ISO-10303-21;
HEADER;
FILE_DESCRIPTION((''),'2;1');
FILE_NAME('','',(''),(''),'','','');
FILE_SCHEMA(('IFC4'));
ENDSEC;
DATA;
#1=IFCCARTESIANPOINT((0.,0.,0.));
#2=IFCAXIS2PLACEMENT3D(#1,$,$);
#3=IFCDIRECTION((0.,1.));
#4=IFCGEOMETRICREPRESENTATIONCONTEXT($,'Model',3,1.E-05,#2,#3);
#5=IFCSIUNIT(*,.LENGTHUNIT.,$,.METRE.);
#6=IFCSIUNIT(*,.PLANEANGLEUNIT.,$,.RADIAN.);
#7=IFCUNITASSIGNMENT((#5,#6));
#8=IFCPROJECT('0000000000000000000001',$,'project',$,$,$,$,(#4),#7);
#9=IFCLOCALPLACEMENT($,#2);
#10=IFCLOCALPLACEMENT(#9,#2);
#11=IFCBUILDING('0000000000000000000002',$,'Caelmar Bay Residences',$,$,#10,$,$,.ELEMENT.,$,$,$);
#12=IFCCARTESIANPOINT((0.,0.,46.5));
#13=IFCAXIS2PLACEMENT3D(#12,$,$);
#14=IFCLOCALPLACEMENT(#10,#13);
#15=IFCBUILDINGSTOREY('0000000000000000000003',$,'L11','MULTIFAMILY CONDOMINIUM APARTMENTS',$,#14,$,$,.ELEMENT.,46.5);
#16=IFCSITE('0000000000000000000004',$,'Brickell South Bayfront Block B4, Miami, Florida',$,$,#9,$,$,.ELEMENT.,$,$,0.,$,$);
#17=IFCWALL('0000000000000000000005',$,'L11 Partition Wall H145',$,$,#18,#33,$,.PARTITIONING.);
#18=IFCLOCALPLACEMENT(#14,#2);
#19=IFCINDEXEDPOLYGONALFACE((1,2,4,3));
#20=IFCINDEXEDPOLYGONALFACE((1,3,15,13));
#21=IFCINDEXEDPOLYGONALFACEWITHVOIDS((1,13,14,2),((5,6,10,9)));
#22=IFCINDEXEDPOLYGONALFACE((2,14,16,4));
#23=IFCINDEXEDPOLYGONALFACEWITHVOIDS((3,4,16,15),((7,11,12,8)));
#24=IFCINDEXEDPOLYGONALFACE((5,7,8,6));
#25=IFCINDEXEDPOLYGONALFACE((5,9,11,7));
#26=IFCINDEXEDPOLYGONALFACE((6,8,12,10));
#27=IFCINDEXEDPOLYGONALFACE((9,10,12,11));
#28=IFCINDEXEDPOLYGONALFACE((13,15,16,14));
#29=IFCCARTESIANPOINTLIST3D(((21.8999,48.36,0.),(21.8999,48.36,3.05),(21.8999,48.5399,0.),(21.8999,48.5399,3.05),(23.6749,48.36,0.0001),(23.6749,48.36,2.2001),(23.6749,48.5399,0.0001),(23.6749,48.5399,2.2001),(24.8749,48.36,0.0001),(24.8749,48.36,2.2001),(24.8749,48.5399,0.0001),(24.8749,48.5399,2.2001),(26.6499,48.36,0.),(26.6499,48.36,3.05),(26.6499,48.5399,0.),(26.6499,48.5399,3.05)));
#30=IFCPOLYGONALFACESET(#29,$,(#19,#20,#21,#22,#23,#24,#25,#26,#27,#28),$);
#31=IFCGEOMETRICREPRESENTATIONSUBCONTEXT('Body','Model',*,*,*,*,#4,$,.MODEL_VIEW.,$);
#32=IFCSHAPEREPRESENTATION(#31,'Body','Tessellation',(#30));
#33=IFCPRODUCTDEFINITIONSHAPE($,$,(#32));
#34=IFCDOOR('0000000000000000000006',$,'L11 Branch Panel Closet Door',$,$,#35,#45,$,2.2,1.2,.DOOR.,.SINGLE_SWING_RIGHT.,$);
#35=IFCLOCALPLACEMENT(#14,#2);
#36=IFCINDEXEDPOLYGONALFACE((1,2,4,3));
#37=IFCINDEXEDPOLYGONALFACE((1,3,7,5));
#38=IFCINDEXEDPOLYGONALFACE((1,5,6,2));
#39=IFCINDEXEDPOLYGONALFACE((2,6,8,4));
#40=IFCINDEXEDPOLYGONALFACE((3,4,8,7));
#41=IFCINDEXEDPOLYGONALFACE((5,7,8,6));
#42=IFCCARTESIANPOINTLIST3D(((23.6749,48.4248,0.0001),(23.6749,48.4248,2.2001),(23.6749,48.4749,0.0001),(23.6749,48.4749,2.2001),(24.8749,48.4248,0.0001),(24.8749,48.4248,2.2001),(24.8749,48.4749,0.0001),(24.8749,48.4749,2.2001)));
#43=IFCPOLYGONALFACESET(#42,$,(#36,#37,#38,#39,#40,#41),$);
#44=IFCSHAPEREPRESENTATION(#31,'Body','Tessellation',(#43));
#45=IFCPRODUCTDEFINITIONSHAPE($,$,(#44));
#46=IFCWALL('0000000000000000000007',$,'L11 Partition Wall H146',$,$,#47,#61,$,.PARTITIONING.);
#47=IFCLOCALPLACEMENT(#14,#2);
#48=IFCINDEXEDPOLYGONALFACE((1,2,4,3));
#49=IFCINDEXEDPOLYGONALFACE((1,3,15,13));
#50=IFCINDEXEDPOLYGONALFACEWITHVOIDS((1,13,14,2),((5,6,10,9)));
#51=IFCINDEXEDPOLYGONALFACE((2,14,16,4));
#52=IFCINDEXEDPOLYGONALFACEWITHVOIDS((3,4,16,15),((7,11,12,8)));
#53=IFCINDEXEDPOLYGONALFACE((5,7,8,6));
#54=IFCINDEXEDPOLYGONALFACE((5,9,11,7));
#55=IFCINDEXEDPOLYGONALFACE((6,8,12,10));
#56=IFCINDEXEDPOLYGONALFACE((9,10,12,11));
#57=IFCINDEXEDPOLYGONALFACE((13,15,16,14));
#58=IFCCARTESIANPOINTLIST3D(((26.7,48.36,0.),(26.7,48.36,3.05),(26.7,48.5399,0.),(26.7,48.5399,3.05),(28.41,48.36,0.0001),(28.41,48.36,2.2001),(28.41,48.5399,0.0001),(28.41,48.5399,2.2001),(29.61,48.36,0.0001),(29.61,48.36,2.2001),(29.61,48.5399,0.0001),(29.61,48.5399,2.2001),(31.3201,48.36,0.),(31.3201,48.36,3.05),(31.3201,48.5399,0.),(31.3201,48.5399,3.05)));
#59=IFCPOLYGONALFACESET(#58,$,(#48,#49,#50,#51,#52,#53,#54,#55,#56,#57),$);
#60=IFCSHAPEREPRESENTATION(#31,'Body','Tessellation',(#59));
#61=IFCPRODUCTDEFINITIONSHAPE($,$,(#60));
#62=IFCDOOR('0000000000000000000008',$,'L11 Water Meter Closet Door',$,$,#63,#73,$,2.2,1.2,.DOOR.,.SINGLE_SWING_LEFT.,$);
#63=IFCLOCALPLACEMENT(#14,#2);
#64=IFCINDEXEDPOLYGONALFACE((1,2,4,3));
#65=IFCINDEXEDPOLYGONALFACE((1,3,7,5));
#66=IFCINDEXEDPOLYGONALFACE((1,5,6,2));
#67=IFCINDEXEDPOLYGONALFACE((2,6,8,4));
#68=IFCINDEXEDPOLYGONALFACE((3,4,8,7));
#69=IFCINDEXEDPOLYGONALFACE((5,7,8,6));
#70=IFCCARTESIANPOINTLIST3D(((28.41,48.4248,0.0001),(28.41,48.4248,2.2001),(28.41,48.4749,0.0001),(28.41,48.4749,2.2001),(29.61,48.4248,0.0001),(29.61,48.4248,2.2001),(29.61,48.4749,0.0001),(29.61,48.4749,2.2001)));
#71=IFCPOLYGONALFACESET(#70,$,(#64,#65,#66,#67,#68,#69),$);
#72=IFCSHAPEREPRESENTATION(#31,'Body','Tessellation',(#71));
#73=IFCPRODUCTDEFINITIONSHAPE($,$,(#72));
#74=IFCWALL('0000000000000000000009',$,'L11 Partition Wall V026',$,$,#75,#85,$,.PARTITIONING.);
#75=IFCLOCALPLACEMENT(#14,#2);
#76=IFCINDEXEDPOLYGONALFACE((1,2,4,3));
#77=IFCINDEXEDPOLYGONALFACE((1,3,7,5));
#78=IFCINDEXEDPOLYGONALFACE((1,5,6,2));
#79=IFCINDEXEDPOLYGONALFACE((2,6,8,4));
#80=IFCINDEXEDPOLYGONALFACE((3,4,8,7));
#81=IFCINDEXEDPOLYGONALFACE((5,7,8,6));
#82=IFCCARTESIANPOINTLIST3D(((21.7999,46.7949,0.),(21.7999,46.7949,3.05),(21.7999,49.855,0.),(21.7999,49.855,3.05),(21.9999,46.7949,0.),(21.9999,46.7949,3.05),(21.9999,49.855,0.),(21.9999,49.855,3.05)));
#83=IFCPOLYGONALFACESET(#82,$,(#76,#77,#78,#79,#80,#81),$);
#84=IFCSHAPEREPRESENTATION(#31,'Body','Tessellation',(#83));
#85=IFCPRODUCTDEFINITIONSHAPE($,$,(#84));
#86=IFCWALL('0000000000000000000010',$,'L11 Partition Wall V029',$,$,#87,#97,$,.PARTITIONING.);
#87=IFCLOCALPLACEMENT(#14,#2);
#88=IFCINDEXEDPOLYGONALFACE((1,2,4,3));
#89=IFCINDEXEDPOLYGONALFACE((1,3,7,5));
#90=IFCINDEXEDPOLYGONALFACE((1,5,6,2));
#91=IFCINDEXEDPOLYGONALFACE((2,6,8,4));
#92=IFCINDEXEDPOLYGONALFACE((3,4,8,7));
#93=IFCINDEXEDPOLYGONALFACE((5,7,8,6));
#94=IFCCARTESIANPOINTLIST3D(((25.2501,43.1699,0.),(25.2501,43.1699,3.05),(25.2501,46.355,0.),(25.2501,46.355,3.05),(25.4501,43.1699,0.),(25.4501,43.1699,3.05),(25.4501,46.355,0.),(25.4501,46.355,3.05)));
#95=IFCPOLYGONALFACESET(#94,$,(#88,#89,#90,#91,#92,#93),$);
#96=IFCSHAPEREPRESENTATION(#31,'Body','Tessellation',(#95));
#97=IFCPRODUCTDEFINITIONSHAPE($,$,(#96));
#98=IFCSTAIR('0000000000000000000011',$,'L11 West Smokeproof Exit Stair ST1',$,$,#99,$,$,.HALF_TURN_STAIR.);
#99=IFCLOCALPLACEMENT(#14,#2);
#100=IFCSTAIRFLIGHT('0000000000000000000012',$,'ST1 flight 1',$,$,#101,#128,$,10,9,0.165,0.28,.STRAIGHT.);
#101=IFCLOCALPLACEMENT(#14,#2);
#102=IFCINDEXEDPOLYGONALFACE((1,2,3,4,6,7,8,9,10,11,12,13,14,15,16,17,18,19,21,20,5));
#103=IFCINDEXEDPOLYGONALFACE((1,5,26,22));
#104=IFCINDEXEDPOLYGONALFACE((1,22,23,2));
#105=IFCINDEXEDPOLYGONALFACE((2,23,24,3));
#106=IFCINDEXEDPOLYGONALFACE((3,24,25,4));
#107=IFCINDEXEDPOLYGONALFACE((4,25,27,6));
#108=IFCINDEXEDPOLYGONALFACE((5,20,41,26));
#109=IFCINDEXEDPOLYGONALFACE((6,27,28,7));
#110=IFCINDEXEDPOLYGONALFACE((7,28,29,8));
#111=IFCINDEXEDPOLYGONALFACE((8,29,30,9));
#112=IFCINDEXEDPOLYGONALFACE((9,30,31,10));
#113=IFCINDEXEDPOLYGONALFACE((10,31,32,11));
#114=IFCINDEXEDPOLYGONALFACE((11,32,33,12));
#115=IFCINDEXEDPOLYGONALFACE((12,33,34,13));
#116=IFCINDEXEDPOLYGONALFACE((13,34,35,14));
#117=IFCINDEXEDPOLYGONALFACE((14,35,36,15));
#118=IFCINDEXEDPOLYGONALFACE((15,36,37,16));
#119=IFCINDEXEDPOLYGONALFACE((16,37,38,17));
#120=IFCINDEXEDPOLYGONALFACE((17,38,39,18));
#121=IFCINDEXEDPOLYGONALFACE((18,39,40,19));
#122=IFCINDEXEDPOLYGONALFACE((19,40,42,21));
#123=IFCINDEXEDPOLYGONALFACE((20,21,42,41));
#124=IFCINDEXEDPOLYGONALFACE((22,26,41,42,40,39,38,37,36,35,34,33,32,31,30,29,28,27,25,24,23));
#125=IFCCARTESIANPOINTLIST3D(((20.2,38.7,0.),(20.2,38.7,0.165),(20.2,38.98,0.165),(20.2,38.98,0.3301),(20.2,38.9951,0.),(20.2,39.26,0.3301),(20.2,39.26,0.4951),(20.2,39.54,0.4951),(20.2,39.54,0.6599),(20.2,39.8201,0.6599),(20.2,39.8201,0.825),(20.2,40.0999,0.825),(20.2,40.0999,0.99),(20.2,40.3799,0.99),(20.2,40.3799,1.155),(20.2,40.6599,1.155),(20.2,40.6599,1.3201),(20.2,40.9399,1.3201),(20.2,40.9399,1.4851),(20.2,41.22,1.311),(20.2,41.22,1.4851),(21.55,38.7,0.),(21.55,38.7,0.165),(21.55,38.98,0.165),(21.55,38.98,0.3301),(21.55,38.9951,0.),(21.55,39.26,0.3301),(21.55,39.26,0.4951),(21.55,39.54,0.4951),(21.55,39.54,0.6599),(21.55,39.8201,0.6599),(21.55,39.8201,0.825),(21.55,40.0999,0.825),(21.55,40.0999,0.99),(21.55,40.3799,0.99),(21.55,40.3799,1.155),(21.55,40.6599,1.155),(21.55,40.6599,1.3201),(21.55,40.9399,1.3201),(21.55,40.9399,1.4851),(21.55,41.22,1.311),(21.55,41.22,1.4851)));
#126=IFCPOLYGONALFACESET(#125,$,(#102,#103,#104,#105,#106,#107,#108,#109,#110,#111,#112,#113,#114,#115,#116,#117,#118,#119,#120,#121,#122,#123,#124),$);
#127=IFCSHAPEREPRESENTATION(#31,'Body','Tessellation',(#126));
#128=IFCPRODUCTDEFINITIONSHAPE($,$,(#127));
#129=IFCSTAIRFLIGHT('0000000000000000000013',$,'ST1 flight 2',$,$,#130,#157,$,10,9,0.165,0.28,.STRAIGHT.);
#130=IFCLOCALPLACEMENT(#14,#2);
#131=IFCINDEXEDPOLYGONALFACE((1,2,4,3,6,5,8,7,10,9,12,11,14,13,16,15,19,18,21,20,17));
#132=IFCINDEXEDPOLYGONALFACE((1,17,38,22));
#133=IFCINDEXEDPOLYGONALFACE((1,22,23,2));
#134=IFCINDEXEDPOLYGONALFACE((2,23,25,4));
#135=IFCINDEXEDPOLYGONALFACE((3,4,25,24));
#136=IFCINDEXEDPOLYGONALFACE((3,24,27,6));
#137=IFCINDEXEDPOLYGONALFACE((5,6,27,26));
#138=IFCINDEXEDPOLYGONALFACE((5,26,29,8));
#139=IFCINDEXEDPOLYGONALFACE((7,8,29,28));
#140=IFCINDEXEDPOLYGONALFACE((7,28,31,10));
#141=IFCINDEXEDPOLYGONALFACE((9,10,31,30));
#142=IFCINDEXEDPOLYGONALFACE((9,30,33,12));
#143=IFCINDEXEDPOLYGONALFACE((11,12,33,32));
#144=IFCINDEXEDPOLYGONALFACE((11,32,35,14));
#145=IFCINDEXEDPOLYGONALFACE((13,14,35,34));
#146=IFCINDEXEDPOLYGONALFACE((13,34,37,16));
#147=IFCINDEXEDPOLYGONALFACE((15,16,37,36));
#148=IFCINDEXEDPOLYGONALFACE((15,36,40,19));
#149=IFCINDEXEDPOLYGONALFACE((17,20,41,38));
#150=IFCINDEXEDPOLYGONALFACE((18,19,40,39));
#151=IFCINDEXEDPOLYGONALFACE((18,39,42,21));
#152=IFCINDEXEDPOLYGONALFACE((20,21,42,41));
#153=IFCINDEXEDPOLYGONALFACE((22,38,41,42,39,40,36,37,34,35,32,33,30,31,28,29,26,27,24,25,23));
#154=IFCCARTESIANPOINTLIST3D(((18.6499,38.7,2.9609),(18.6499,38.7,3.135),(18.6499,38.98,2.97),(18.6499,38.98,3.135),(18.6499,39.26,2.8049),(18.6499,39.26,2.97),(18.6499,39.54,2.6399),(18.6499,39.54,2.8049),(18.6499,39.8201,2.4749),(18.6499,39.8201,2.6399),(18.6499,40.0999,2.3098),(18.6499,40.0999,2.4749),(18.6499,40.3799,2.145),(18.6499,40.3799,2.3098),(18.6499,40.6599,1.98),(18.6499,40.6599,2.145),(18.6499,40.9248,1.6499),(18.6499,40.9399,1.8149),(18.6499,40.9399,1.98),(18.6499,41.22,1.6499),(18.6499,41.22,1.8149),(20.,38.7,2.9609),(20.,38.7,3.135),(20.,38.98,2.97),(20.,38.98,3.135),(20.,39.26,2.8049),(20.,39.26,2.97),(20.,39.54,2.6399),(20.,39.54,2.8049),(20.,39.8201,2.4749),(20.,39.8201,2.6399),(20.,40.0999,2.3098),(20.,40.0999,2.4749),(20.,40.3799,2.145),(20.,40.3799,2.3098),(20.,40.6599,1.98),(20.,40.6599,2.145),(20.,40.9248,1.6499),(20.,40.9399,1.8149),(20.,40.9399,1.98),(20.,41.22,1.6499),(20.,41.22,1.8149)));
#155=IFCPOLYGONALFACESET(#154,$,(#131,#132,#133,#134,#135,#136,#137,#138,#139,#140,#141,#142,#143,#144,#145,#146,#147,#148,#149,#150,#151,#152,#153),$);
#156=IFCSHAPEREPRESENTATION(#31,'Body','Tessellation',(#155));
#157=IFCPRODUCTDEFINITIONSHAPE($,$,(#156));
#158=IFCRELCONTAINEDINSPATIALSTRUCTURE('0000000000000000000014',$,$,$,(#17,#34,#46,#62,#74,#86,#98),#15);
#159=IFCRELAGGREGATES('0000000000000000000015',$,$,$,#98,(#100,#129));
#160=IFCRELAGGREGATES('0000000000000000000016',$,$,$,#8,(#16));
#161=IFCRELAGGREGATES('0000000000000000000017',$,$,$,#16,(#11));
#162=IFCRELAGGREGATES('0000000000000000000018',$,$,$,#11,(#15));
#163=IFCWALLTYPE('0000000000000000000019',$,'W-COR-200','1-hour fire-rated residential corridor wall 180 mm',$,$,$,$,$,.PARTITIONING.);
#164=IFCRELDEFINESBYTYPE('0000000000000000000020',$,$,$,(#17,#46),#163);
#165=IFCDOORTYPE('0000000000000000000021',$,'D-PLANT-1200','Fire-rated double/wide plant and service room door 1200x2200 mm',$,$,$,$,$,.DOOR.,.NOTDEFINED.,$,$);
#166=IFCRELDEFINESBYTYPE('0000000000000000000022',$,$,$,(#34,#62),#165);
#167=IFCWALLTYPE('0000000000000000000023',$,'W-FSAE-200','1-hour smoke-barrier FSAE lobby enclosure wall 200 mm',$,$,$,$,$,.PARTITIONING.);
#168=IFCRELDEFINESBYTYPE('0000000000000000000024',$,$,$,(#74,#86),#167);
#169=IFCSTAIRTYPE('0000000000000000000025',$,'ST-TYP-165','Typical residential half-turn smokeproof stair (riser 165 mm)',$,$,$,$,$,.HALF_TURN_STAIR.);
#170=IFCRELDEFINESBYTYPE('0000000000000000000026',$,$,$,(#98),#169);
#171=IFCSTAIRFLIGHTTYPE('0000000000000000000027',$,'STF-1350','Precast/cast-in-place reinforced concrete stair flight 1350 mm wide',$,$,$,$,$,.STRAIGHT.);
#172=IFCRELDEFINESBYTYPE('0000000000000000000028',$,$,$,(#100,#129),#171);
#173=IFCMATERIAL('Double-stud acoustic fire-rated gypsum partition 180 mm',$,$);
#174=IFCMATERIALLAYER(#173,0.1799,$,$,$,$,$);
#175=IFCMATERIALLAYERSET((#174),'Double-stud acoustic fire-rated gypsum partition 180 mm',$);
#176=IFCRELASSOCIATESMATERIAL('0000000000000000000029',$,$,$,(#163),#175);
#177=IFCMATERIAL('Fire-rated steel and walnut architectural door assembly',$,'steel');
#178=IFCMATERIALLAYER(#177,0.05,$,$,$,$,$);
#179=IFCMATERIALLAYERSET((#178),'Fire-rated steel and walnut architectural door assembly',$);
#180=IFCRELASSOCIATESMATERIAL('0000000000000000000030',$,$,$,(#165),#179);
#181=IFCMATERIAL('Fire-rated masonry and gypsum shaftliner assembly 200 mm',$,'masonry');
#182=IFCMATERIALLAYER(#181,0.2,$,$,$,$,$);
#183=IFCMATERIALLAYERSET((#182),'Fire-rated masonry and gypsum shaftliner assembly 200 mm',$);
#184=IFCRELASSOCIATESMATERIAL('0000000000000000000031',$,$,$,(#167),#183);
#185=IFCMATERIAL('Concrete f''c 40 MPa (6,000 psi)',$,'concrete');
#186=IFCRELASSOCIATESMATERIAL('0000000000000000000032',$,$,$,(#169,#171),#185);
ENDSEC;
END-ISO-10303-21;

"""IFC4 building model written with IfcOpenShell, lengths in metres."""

from ifc_helpers import new_model, si_unit, direction, frame, frame_2d, origin, place, context, subcontext, project, spatial, polyline, rectangle, outline, extrude, material, layer, layer_set, type_object, element, fill, aggregate, save


model = new_model("IFC4")

# Units and contexts
model_context = context("Model", 3, precision=1e-05, world=origin(), true_north=direction((0.0, 1.0)))
body_context = subcontext(model_context, "Body", "Model", "MODEL_VIEW")
ifc_project = project(units=[si_unit("LENGTHUNIT", "METRE"), si_unit("PLANEANGLEUNIT", "RADIAN")], contexts=[model_context])

# Site, building, storey
site_placement = place(None, origin())
site = spatial("IfcSite", under=ifc_project, at=site_placement, Name="Brickell South Bayfront Block B4, Miami, Florida", CompositionType="ELEMENT", RefElevation=0.0)
building_placement = place(site_placement, origin())
building = spatial("IfcBuilding", under=site, at=building_placement, Name="Caelmar Bay Residences", CompositionType="ELEMENT")
storey_placement = place(building_placement, frame((0.0, 0.0, 46.5)))
storey = spatial("IfcBuildingStorey", under=building, at=storey_placement, Name="L11", Description="MULTIFAMILY CONDOMINIUM APARTMENTS", CompositionType="ELEMENT", Elevation=46.5)

# Shared definitions
ifc_material_1 = material(Name="Fire-rated steel and walnut architectural door assembly", Category="steel")

# Shared definitions
ifc_material_2 = material(Name="Double-stud acoustic fire-rated gypsum partition 180 mm")
ifc_layer_1 = layer(ifc_material_2, 0.1799)
ifc_layer_set_1 = layer_set([ifc_layer_1], Name="Double-stud acoustic fire-rated gypsum partition 180 mm")
wall_type_1 = type_object("IfcWallType", Name="W-COR-200", Description="1-hour fire-rated residential corridor wall 180 mm", PredefinedType="PARTITIONING", material=ifc_layer_set_1)

# Walls, openings, doors
wall_1_placement = place(storey_placement, frame((21.8999, 48.45, 0.0), z_axis=(0.0, 0.0, 1.0), x_axis=(1.0, 0.0, 0.0)))
wall_1 = element("IfcWall", 1, at=wall_1_placement, inside=storey, type_object=wall_type_1, Name="L11 Partition Wall H145", PredefinedType="PARTITIONING", context=body_context, shape_type="SweptSolid", body=[
    extrude(rectangle(XDim=4.75, YDim=0.1799, at=frame_2d((2.375, 0.0))), origin(), (0.0, 0.0, 1.0), 3.05),
])
opening_1_placement = place(wall_1_placement, frame((1.7749, 0.0, 0.0)))
opening_1 = element("IfcOpeningElement", 2, at=opening_1_placement, cuts=wall_1, PredefinedType="OPENING", context=body_context, shape_type="SweptSolid", body=[
    extrude(rectangle(XDim=1.2, YDim=2.2, at=frame_2d((0.6001, 1.1001))), frame((0.0, 0.0999, 0.0), z_axis=(0.0, -1.0, 0.0), x_axis=(1.0, 0.0, 0.0)), (0.0, 0.0, 1.0), 0.2),
])
ifc_layer_2 = layer(ifc_material_1, 0.05)
ifc_layer_set_2 = layer_set([ifc_layer_2], Name="Fire-rated steel and walnut architectural door assembly")
door_type_1 = type_object("IfcDoorType", Name="D-PLANT-1200", Description="Fire-rated double/wide plant and service room door 1200x2200 mm", OperationType="NOTDEFINED", PredefinedType="DOOR", material=ifc_layer_set_2)
door_1_placement = place(opening_1_placement, origin())
door_1 = element("IfcDoor", 3, at=door_1_placement, inside=storey, type_object=door_type_1, Name="L11 Branch Panel Closet Door", OperationType="SINGLE_SWING_RIGHT", OverallHeight=2.2, OverallWidth=1.2, PredefinedType="DOOR", context=body_context, shape_type="SweptSolid", body=[
    extrude(rectangle(XDim=1.2, YDim=2.2, at=frame_2d((0.6001, 1.1001))), frame((0.0, 0.0249, 0.0), z_axis=(0.0, -1.0, 0.0), x_axis=(1.0, 0.0, 0.0)), (0.0, 0.0, 1.0), 0.05),
])
fill(opening_1, door_1)
wall_2_placement = place(storey_placement, frame((26.7, 48.45, 0.0), z_axis=(0.0, 0.0, 1.0), x_axis=(1.0, 0.0, 0.0)))
wall_2 = element("IfcWall", 4, at=wall_2_placement, inside=storey, type_object=wall_type_1, Name="L11 Partition Wall H146", PredefinedType="PARTITIONING", context=body_context, shape_type="SweptSolid", body=[
    extrude(rectangle(XDim=4.6201, YDim=0.1799, at=frame_2d((2.3101, 0.0))), origin(), (0.0, 0.0, 1.0), 3.05),
])
opening_2_placement = place(wall_2_placement, frame((1.71, 0.0, 0.0)))
opening_2 = element("IfcOpeningElement", 5, at=opening_2_placement, cuts=wall_2, PredefinedType="OPENING", context=body_context, shape_type="SweptSolid", body=[
    extrude(rectangle(XDim=1.2, YDim=2.2, at=frame_2d((0.6001, 1.1001))), frame((0.0, 0.0999, 0.0), z_axis=(0.0, -1.0, 0.0), x_axis=(1.0, 0.0, 0.0)), (0.0, 0.0, 1.0), 0.2),
])
door_2_placement = place(opening_2_placement, origin())
door_2 = element("IfcDoor", 6, at=door_2_placement, inside=storey, type_object=door_type_1, Name="L11 Water Meter Closet Door", OperationType="SINGLE_SWING_LEFT", OverallHeight=2.2, OverallWidth=1.2, PredefinedType="DOOR", context=body_context, shape_type="SweptSolid", body=[
    extrude(rectangle(XDim=1.2, YDim=2.2, at=frame_2d((0.6001, 1.1001))), frame((0.0, 0.0249, 0.0), z_axis=(0.0, -1.0, 0.0), x_axis=(1.0, 0.0, 0.0)), (0.0, 0.0, 1.0), 0.05),
])
fill(opening_2, door_2)

# Walls
ifc_material_3 = material(Name="Fire-rated masonry and gypsum shaftliner assembly 200 mm", Category="masonry")
ifc_layer_3 = layer(ifc_material_3, 0.2)
ifc_layer_set_3 = layer_set([ifc_layer_3], Name="Fire-rated masonry and gypsum shaftliner assembly 200 mm")
wall_type_2 = type_object("IfcWallType", Name="W-FSAE-200", Description="1-hour smoke-barrier FSAE lobby enclosure wall 200 mm", PredefinedType="PARTITIONING", material=ifc_layer_set_3)
wall_3_placement = place(storey_placement, frame((21.8999, 46.7949, 0.0), z_axis=(0.0, 0.0, 1.0), x_axis=(0.0, 1.0, 0.0)))
element("IfcWall", 7, at=wall_3_placement, inside=storey, type_object=wall_type_2, Name="L11 Partition Wall V026", PredefinedType="PARTITIONING", context=body_context, shape_type="SweptSolid", body=[
    extrude(rectangle(XDim=3.0601, YDim=0.2, at=frame_2d((1.53, 0.0))), origin(), (0.0, 0.0, 1.0), 3.05),
])
wall_4_placement = place(storey_placement, frame((25.3501, 43.1699, 0.0), z_axis=(0.0, 0.0, 1.0), x_axis=(0.0, 1.0, 0.0)))
element("IfcWall", 8, at=wall_4_placement, inside=storey, type_object=wall_type_2, Name="L11 Partition Wall V029", PredefinedType="PARTITIONING", context=body_context, shape_type="SweptSolid", body=[
    extrude(rectangle(XDim=3.1851, YDim=0.2, at=frame_2d((1.5925, 0.0))), origin(), (0.0, 0.0, 1.0), 3.05),
])

# Stair, stair flights
ifc_material_4 = material(Name="Concrete f'c 40 MPa (6,000 psi)", Category="concrete")
stair_type = type_object("IfcStairType", Name="ST-TYP-165", Description="Typical residential half-turn smokeproof stair (riser 165 mm)", PredefinedType="HALF_TURN_STAIR", material=ifc_material_4)
stair_placement = place(storey_placement, origin())
stair = element("IfcStair", 9, at=stair_placement, inside=storey, type_object=stair_type, Name="L11 West Smokeproof Exit Stair ST1", PredefinedType="HALF_TURN_STAIR")
stair_flight_type = type_object("IfcStairFlightType", Name="STF-1350", Description="Precast/cast-in-place reinforced concrete stair flight 1350 mm wide", PredefinedType="STRAIGHT", material=ifc_material_4)
stair_flight_1_placement = place(storey_placement, frame((20.875, 38.7, 0.0), z_axis=(0.0, 0.0, 1.0), x_axis=(0.0, 1.0, 0.0)))
stair_flight_1 = element("IfcStairFlight", 10, at=stair_flight_1_placement, type_object=stair_flight_type, Name="ST1 flight 1", NumberOfRisers=10, NumberOfTreads=9, PredefinedType="STRAIGHT", RiserHeight=0.165, TreadLength=0.28, context=body_context, shape_type="SweptSolid", body=[
    extrude(outline(polyline([(0.0, 0.0), (0.0, 0.165), (0.28, 0.165), (0.28, 0.3301), (0.5601, 0.3301), (0.5601, 0.4951), (0.8401, 0.4951), (0.8401, 0.6599), (1.1201, 0.6599), (1.1201, 0.825), (1.3999, 0.825), (1.3999, 0.99), (1.6799, 0.99), (1.6799, 1.155), (1.96, 1.155), (1.96, 1.3201), (2.24, 1.3201), (2.24, 1.4851), (2.52, 1.4851), (2.52, 1.6499), (2.52, 1.311), (0.2952, 0.0), (0.0, 0.0)])), frame((0.0, 0.675, 0.0), z_axis=(0.0, -1.0, 0.0), x_axis=(1.0, 0.0, 0.0)), (0.0, 0.0, 1.0), 1.3501),
])
stair_flight_2_placement = place(storey_placement, frame((19.325, 41.22, 1.6499), z_axis=(0.0, 0.0, 1.0), x_axis=(0.0, -1.0, 0.0)))
stair_flight_2 = element("IfcStairFlight", 11, at=stair_flight_2_placement, type_object=stair_flight_type, Name="ST1 flight 2", NumberOfRisers=10, NumberOfTreads=9, PredefinedType="STRAIGHT", RiserHeight=0.165, TreadLength=0.28, context=body_context, shape_type="SweptSolid", body=[
    extrude(outline(polyline([(0.0, 0.0), (0.0, 0.165), (0.28, 0.165), (0.28, 0.3301), (0.5601, 0.3301), (0.5601, 0.4951), (0.8401, 0.4951), (0.8401, 0.6599), (1.1201, 0.6599), (1.1201, 0.825), (1.3999, 0.825), (1.3999, 0.99), (1.6799, 0.99), (1.6799, 1.155), (1.96, 1.155), (1.96, 1.3201), (2.24, 1.3201), (2.24, 1.4851), (2.52, 1.4851), (2.52, 1.6499), (2.52, 1.311), (0.2952, 0.0), (0.0, 0.0)])), frame((0.0, 0.675, 0.0), z_axis=(0.0, -1.0, 0.0), x_axis=(1.0, 0.0, 0.0)), (0.0, 0.0, 1.0), 1.3501),
])
aggregate(stair, [stair_flight_1, stair_flight_2])

save(model, "model.ifc")
